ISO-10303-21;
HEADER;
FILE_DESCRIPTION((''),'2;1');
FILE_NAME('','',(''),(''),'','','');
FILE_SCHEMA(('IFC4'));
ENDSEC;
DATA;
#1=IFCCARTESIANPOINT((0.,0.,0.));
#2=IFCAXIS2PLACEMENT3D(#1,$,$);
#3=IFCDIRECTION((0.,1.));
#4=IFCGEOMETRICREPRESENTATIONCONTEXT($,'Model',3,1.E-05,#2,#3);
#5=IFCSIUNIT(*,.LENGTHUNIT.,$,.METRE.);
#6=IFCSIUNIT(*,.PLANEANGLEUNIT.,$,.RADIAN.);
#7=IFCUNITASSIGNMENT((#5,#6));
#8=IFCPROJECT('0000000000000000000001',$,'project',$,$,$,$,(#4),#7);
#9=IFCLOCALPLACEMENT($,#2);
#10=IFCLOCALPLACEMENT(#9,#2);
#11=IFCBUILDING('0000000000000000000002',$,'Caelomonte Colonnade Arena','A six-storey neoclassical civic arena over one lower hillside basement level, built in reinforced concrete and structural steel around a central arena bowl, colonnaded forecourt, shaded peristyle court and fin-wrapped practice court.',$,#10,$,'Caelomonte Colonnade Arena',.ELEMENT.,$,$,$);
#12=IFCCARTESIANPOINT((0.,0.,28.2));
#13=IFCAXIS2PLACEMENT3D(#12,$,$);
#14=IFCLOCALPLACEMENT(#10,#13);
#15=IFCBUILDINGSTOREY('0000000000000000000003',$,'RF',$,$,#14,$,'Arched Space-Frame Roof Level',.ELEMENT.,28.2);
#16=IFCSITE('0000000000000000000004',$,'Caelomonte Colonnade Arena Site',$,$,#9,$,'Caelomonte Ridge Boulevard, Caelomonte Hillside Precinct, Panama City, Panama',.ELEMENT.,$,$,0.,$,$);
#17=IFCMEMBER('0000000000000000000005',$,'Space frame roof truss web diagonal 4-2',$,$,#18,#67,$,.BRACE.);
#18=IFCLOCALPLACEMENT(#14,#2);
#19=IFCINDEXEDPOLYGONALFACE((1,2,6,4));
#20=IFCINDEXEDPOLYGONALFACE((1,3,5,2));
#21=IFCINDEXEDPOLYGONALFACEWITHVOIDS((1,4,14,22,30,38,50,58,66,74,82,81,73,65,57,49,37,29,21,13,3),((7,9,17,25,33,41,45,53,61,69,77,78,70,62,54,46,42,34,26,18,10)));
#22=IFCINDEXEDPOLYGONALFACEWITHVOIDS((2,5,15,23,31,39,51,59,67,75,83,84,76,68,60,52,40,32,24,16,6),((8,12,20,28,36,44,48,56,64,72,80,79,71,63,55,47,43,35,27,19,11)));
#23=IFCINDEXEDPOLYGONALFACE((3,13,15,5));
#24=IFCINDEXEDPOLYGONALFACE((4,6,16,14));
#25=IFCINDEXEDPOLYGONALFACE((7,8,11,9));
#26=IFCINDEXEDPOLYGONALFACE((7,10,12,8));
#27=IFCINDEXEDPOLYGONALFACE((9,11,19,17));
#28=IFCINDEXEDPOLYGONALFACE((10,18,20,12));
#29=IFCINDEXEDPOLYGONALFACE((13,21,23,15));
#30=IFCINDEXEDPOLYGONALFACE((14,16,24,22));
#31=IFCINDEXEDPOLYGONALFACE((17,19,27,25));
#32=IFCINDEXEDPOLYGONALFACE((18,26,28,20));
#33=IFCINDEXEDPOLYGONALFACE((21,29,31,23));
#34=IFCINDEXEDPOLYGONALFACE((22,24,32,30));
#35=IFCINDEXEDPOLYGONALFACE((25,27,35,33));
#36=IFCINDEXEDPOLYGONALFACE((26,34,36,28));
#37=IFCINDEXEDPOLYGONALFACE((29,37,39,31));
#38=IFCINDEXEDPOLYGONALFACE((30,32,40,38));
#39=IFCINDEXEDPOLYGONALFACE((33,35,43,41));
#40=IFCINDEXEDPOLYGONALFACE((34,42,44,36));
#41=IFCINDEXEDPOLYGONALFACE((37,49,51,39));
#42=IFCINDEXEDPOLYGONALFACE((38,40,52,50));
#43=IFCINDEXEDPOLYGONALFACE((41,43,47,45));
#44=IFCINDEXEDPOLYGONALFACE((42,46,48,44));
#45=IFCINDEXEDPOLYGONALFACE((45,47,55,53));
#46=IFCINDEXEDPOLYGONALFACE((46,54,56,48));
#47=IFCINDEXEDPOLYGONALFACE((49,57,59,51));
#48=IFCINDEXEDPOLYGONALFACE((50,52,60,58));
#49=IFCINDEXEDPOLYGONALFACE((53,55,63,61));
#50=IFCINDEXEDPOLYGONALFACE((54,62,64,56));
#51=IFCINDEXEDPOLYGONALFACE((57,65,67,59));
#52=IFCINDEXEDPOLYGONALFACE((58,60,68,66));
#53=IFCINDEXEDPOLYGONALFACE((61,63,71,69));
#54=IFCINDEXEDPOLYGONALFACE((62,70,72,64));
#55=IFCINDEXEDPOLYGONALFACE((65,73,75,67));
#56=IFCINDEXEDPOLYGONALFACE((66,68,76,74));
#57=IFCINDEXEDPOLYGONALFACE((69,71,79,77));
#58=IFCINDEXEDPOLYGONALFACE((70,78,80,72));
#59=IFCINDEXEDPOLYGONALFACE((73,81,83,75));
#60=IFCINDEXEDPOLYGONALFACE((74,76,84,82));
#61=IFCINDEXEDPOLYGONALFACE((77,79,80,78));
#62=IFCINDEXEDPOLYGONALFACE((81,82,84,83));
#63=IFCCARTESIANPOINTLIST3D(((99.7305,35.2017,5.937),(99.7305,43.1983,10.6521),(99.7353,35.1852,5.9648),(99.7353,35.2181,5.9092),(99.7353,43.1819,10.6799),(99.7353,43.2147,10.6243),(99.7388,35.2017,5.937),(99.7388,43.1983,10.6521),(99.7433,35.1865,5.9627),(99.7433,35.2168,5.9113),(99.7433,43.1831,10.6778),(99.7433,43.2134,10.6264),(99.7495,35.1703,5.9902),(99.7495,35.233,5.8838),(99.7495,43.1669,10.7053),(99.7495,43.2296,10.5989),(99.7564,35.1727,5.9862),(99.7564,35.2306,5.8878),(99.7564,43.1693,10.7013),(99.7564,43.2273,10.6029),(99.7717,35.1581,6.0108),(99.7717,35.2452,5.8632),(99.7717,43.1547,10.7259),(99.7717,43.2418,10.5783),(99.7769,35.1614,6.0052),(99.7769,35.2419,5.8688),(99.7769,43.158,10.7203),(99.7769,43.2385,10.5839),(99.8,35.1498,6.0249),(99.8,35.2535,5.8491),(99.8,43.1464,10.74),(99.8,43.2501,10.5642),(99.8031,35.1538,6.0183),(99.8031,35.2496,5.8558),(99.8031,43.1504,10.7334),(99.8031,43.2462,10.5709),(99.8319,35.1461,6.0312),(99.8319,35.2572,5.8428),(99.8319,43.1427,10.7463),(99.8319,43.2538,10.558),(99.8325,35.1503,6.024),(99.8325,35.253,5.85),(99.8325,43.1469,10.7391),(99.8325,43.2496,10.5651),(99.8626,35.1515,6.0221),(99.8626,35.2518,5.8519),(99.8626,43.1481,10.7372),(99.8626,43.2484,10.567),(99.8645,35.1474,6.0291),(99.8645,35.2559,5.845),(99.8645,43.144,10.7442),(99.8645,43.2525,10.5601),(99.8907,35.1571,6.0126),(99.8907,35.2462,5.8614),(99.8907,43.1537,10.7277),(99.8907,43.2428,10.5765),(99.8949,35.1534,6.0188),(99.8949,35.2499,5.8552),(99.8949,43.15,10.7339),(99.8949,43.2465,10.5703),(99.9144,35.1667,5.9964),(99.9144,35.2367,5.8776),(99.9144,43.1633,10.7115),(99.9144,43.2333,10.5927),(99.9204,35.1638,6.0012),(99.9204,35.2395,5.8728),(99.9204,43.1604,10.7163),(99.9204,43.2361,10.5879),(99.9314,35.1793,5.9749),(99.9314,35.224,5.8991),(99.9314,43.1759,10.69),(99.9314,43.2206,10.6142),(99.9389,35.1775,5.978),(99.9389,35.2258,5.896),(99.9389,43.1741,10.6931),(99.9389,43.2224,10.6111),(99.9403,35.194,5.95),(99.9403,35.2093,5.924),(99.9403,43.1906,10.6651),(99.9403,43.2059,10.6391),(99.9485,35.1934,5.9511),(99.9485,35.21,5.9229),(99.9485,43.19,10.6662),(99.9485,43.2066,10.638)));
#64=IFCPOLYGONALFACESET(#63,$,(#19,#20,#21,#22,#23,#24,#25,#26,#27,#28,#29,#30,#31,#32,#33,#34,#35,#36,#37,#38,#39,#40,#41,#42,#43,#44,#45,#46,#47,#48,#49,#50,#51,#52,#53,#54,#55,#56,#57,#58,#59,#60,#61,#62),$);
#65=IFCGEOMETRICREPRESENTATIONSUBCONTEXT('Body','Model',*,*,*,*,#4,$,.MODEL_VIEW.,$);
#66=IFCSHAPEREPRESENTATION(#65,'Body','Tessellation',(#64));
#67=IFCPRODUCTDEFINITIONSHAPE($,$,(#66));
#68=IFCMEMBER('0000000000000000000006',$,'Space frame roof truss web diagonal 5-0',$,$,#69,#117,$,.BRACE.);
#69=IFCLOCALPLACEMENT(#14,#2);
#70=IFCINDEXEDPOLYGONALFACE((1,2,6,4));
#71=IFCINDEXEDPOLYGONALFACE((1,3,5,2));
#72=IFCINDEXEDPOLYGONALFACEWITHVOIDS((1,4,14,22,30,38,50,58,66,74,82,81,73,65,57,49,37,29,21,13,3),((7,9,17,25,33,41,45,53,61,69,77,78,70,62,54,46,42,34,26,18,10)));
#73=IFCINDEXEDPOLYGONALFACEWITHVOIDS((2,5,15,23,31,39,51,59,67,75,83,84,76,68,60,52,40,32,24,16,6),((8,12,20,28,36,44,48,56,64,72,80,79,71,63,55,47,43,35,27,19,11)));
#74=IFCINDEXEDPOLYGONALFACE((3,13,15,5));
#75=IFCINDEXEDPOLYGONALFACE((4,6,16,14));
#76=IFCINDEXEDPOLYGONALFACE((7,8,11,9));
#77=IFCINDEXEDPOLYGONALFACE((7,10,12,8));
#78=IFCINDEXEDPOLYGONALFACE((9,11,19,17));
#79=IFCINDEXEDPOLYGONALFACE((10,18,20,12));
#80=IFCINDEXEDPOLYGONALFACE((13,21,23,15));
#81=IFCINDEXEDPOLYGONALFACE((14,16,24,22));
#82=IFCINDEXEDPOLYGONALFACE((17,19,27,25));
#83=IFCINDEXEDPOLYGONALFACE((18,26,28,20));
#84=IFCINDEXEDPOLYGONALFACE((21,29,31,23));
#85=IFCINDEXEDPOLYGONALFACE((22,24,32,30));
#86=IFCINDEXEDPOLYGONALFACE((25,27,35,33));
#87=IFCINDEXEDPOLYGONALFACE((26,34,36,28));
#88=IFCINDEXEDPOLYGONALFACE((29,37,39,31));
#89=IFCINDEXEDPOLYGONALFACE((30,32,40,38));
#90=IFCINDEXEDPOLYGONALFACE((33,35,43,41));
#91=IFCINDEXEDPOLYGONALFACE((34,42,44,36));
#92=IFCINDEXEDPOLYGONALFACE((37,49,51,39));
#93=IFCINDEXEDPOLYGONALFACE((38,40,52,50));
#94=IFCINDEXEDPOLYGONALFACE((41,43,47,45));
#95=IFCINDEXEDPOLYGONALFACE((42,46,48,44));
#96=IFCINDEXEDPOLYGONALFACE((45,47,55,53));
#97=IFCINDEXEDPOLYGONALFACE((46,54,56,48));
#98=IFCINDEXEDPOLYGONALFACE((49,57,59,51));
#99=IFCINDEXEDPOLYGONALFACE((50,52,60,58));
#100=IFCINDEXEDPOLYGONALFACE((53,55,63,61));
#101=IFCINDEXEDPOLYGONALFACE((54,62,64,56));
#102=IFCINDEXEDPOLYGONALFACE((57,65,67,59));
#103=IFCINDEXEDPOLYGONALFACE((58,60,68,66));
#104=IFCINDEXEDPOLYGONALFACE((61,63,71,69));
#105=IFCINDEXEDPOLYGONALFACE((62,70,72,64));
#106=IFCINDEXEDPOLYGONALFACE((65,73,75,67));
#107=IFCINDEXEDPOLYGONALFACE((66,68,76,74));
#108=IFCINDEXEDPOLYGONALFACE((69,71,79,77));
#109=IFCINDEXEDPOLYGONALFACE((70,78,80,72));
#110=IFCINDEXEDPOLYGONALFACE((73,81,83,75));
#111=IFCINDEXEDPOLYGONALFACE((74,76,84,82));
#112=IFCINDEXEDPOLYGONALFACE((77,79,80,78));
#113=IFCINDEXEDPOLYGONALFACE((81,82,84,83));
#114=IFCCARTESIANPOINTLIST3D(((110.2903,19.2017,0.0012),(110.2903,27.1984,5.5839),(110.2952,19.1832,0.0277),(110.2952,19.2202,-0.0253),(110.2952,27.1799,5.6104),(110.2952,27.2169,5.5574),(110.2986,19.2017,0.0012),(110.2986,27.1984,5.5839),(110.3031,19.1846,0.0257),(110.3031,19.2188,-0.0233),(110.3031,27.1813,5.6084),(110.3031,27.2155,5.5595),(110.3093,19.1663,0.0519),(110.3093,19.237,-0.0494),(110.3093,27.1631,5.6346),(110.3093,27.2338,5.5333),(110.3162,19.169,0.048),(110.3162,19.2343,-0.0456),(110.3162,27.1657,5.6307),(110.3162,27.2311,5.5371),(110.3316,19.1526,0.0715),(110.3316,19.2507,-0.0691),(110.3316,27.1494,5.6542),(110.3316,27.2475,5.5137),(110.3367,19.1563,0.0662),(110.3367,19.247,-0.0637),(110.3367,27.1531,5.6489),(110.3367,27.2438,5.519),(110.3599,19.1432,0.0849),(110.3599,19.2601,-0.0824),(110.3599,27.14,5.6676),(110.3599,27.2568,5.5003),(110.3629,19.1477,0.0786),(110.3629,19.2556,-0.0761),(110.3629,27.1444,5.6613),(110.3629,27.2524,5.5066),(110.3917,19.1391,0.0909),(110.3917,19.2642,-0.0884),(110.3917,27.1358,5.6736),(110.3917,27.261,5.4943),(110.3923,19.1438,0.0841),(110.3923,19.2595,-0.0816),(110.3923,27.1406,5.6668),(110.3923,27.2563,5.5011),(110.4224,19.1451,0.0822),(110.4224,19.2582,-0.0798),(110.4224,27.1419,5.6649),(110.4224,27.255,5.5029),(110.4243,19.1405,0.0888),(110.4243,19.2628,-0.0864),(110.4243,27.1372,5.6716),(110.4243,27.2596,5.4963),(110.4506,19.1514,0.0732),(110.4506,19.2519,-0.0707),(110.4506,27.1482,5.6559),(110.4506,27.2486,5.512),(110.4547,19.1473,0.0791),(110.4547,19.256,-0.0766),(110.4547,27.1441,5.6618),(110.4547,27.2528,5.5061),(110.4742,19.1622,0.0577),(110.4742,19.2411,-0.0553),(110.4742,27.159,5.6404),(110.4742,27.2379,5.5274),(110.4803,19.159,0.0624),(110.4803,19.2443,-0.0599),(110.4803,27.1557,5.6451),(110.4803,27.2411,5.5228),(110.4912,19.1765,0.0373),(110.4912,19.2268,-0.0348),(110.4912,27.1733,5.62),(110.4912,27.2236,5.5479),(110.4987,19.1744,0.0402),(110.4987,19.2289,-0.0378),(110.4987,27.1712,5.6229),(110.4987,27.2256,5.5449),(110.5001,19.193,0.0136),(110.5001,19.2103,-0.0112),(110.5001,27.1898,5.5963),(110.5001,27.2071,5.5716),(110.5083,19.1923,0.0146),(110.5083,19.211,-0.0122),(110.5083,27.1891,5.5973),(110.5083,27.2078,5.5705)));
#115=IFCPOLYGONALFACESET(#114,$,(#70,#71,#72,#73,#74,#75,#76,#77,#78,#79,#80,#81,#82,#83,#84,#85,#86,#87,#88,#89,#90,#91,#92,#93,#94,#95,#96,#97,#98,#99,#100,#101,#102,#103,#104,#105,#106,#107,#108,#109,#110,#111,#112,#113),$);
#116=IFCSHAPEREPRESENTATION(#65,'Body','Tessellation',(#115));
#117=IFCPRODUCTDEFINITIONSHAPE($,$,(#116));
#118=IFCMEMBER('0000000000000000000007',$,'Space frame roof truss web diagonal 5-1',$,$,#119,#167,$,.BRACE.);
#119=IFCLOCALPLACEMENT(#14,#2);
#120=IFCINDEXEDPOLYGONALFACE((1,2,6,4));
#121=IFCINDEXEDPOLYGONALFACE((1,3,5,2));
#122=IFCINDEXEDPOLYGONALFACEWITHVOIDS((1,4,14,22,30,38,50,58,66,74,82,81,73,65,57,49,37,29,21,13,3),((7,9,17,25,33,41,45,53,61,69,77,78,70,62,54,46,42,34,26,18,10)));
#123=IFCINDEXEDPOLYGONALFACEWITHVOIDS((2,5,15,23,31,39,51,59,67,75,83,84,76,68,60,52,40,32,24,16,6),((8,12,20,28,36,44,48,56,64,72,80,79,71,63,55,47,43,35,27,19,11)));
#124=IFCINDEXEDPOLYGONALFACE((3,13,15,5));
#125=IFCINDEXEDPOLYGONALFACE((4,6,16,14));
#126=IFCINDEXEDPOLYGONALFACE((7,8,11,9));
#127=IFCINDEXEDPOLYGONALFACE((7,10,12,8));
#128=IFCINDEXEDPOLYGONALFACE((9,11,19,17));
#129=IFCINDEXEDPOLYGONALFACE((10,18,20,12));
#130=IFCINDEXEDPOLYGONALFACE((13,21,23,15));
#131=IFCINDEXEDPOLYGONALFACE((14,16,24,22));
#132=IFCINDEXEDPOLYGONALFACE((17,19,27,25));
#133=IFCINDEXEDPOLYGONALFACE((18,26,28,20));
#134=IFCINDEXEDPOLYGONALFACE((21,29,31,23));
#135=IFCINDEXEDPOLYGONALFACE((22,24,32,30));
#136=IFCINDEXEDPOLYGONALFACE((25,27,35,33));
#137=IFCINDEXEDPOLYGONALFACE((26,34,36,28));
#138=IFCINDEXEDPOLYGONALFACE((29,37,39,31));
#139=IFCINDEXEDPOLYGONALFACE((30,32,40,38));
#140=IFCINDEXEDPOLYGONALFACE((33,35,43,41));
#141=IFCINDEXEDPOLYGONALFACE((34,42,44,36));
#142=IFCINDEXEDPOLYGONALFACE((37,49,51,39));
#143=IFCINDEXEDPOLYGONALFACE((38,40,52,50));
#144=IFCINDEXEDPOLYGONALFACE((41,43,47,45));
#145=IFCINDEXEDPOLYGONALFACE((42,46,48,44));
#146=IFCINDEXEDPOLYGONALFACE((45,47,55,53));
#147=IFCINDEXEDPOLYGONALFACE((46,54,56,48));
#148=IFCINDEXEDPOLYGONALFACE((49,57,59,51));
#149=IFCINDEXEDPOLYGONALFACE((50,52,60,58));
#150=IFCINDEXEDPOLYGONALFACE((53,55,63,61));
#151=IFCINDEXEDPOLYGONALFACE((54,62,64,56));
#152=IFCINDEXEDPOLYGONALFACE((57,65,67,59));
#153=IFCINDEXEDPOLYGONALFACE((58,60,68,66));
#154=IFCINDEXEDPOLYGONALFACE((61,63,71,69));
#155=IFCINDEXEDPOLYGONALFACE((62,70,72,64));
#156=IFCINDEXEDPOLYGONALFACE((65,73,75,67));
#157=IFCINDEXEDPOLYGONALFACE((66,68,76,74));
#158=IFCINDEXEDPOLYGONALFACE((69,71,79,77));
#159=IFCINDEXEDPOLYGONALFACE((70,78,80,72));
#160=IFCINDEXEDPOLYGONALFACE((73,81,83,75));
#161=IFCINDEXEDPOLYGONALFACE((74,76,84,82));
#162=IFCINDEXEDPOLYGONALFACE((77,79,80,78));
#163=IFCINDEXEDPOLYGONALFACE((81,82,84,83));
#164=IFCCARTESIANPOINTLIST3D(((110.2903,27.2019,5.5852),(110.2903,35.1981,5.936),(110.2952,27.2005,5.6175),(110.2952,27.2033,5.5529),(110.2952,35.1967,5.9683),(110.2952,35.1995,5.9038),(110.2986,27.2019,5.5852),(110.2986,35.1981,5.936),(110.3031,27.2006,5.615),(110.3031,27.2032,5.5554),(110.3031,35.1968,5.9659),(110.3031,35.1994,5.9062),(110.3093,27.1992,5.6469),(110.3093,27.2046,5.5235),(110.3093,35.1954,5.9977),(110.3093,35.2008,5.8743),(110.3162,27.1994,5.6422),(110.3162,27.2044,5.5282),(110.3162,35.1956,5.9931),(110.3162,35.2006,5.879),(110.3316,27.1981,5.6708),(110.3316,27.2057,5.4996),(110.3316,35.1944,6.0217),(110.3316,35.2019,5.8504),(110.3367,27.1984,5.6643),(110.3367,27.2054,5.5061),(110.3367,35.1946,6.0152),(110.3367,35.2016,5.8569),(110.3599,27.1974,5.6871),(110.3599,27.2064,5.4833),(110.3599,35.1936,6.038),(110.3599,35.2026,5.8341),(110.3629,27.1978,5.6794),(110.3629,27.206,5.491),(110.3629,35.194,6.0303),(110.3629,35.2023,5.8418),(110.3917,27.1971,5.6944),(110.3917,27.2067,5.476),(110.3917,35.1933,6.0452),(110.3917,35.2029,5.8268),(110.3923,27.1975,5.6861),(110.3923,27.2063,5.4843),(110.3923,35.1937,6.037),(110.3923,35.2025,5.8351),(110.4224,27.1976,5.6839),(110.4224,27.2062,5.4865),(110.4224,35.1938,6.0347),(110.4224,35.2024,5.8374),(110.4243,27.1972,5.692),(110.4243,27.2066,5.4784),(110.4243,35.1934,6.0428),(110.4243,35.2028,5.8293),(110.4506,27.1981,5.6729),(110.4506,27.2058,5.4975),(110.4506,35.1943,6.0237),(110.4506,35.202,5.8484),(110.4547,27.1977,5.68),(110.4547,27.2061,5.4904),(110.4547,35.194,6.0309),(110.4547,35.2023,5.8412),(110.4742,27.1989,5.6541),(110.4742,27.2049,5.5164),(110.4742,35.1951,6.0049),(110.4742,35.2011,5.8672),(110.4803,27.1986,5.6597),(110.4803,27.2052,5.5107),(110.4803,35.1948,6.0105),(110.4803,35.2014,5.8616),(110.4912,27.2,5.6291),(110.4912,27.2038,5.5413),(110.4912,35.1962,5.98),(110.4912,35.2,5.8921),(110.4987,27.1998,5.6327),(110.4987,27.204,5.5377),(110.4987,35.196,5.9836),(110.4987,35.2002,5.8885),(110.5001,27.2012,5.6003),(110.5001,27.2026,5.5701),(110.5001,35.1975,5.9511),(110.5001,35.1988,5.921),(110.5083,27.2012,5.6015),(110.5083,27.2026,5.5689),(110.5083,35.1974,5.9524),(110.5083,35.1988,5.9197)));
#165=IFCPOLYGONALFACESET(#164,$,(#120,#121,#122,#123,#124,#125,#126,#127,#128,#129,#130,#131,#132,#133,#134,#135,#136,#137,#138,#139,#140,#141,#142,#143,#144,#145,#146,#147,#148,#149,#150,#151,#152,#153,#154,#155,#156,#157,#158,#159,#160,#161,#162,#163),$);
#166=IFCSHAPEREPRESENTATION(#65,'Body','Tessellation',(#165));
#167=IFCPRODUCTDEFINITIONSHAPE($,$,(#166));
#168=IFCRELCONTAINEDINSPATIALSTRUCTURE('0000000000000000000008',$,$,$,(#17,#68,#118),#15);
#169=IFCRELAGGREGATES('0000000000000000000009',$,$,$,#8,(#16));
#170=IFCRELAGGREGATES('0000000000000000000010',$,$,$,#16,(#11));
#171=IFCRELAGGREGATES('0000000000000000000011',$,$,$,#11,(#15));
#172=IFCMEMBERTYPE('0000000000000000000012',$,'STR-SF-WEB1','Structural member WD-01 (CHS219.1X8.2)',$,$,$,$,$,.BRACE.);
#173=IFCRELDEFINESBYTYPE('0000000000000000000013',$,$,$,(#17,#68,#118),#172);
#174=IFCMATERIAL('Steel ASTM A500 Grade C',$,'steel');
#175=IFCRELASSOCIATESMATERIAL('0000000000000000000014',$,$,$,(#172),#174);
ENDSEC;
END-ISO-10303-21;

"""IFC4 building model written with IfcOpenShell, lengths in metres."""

from ifc_helpers import new_model, si_unit, direction, frame, origin, origin_2d, place, context, subcontext, project, spatial, hollow_circle, extrude, material, material_profile, profile_set, type_object, element, save


model = new_model("IFC4")

# Units and contexts
model_context = context("Model", 3, precision=1e-05, world=origin(), true_north=direction((0.0, 1.0)))
body_context = subcontext(model_context, "Body", "Model", "MODEL_VIEW")
ifc_project = project(units=[si_unit("LENGTHUNIT", "METRE"), si_unit("PLANEANGLEUNIT", "RADIAN")], contexts=[model_context])

# Site, building, storey
site_placement = place(None, origin())
site = spatial("IfcSite", under=ifc_project, at=site_placement, Name="Caelomonte Colonnade Arena Site", LongName="Caelomonte Ridge Boulevard, Caelomonte Hillside Precinct, Panama City, Panama", CompositionType="ELEMENT", RefElevation=0.0)
building_placement = place(site_placement, origin())
building = spatial("IfcBuilding", under=site, at=building_placement, Name="Caelomonte Colonnade Arena", Description="A six-storey neoclassical civic arena over one lower hillside basement level, built in reinforced concrete and structural steel around a central arena bowl, colonnaded forecourt, shaded peristyle court and fin-wrapped practice court.", LongName="Caelomonte Colonnade Arena", CompositionType="ELEMENT")
storey_placement = place(building_placement, frame((0.0, 0.0, 28.2)))
storey = spatial("IfcBuildingStorey", under=building, at=storey_placement, Name="RF", LongName="Arched Space-Frame Roof Level", CompositionType="ELEMENT", Elevation=28.2)

# Members
ifc_material_1 = material(Name="Steel ASTM A500 Grade C", Category="steel")
ifc_material_profile_1 = material_profile(ifc_material_1, hollow_circle(Radius=0.1096, WallThickness=0.0083, at=origin_2d()), Name="CHS219.1X8.2")
ifc_profile_set_1 = profile_set([ifc_material_profile_1], Name="Steel ASTM A500 Grade C")
member_type_1 = type_object("IfcMemberType", Name="STR-SF-WEB1", Description="Structural member WD-01 (CHS219.1X8.2)", PredefinedType="BRACE", material=ifc_profile_set_1)
member_1_placement = place(storey_placement, frame((99.8401, 35.2017, 5.937), z_axis=(0.0, 0.861406, 0.507917), x_axis=(-1.0, 0.0, 0.0)))
element("IfcMember", 1, at=member_1_placement, inside=storey, type_object=member_type_1, Name="Space frame roof truss web diagonal 4-2", PredefinedType="BRACE", context=body_context, shape_type="SweptSolid", body=[
    extrude(hollow_circle(Radius=0.1096, WallThickness=0.0083, at=origin_2d()), origin(), (0.0, 0.0, 1.0), 9.2832),
])
member_2_placement = place(storey_placement, frame((110.3999, 19.2017, 0.0012), z_axis=(0.0, 0.819955, 0.572429), x_axis=(-1.0, 0.0, 0.0)))
element("IfcMember", 2, at=member_2_placement, inside=storey, type_object=member_type_1, Name="Space frame roof truss web diagonal 5-0", PredefinedType="BRACE", context=body_context, shape_type="SweptSolid", body=[
    extrude(hollow_circle(Radius=0.1096, WallThickness=0.0083, at=origin_2d()), origin(), (0.0, 0.0, 1.0), 9.7527),
])
member_3_placement = place(storey_placement, frame((110.3999, 27.2019, 5.5852), z_axis=(0.0, 0.999039, 0.043833), x_axis=(-1.0, 0.0, 0.0)))
element("IfcMember", 3, at=member_3_placement, inside=storey, type_object=member_type_1, Name="Space frame roof truss web diagonal 5-1", PredefinedType="BRACE", context=body_context, shape_type="SweptSolid", body=[
    extrude(hollow_circle(Radius=0.1096, WallThickness=0.0083, at=origin_2d()), origin(), (0.0, 0.0, 1.0), 8.0039),
])

save(model, "model.ifc")
